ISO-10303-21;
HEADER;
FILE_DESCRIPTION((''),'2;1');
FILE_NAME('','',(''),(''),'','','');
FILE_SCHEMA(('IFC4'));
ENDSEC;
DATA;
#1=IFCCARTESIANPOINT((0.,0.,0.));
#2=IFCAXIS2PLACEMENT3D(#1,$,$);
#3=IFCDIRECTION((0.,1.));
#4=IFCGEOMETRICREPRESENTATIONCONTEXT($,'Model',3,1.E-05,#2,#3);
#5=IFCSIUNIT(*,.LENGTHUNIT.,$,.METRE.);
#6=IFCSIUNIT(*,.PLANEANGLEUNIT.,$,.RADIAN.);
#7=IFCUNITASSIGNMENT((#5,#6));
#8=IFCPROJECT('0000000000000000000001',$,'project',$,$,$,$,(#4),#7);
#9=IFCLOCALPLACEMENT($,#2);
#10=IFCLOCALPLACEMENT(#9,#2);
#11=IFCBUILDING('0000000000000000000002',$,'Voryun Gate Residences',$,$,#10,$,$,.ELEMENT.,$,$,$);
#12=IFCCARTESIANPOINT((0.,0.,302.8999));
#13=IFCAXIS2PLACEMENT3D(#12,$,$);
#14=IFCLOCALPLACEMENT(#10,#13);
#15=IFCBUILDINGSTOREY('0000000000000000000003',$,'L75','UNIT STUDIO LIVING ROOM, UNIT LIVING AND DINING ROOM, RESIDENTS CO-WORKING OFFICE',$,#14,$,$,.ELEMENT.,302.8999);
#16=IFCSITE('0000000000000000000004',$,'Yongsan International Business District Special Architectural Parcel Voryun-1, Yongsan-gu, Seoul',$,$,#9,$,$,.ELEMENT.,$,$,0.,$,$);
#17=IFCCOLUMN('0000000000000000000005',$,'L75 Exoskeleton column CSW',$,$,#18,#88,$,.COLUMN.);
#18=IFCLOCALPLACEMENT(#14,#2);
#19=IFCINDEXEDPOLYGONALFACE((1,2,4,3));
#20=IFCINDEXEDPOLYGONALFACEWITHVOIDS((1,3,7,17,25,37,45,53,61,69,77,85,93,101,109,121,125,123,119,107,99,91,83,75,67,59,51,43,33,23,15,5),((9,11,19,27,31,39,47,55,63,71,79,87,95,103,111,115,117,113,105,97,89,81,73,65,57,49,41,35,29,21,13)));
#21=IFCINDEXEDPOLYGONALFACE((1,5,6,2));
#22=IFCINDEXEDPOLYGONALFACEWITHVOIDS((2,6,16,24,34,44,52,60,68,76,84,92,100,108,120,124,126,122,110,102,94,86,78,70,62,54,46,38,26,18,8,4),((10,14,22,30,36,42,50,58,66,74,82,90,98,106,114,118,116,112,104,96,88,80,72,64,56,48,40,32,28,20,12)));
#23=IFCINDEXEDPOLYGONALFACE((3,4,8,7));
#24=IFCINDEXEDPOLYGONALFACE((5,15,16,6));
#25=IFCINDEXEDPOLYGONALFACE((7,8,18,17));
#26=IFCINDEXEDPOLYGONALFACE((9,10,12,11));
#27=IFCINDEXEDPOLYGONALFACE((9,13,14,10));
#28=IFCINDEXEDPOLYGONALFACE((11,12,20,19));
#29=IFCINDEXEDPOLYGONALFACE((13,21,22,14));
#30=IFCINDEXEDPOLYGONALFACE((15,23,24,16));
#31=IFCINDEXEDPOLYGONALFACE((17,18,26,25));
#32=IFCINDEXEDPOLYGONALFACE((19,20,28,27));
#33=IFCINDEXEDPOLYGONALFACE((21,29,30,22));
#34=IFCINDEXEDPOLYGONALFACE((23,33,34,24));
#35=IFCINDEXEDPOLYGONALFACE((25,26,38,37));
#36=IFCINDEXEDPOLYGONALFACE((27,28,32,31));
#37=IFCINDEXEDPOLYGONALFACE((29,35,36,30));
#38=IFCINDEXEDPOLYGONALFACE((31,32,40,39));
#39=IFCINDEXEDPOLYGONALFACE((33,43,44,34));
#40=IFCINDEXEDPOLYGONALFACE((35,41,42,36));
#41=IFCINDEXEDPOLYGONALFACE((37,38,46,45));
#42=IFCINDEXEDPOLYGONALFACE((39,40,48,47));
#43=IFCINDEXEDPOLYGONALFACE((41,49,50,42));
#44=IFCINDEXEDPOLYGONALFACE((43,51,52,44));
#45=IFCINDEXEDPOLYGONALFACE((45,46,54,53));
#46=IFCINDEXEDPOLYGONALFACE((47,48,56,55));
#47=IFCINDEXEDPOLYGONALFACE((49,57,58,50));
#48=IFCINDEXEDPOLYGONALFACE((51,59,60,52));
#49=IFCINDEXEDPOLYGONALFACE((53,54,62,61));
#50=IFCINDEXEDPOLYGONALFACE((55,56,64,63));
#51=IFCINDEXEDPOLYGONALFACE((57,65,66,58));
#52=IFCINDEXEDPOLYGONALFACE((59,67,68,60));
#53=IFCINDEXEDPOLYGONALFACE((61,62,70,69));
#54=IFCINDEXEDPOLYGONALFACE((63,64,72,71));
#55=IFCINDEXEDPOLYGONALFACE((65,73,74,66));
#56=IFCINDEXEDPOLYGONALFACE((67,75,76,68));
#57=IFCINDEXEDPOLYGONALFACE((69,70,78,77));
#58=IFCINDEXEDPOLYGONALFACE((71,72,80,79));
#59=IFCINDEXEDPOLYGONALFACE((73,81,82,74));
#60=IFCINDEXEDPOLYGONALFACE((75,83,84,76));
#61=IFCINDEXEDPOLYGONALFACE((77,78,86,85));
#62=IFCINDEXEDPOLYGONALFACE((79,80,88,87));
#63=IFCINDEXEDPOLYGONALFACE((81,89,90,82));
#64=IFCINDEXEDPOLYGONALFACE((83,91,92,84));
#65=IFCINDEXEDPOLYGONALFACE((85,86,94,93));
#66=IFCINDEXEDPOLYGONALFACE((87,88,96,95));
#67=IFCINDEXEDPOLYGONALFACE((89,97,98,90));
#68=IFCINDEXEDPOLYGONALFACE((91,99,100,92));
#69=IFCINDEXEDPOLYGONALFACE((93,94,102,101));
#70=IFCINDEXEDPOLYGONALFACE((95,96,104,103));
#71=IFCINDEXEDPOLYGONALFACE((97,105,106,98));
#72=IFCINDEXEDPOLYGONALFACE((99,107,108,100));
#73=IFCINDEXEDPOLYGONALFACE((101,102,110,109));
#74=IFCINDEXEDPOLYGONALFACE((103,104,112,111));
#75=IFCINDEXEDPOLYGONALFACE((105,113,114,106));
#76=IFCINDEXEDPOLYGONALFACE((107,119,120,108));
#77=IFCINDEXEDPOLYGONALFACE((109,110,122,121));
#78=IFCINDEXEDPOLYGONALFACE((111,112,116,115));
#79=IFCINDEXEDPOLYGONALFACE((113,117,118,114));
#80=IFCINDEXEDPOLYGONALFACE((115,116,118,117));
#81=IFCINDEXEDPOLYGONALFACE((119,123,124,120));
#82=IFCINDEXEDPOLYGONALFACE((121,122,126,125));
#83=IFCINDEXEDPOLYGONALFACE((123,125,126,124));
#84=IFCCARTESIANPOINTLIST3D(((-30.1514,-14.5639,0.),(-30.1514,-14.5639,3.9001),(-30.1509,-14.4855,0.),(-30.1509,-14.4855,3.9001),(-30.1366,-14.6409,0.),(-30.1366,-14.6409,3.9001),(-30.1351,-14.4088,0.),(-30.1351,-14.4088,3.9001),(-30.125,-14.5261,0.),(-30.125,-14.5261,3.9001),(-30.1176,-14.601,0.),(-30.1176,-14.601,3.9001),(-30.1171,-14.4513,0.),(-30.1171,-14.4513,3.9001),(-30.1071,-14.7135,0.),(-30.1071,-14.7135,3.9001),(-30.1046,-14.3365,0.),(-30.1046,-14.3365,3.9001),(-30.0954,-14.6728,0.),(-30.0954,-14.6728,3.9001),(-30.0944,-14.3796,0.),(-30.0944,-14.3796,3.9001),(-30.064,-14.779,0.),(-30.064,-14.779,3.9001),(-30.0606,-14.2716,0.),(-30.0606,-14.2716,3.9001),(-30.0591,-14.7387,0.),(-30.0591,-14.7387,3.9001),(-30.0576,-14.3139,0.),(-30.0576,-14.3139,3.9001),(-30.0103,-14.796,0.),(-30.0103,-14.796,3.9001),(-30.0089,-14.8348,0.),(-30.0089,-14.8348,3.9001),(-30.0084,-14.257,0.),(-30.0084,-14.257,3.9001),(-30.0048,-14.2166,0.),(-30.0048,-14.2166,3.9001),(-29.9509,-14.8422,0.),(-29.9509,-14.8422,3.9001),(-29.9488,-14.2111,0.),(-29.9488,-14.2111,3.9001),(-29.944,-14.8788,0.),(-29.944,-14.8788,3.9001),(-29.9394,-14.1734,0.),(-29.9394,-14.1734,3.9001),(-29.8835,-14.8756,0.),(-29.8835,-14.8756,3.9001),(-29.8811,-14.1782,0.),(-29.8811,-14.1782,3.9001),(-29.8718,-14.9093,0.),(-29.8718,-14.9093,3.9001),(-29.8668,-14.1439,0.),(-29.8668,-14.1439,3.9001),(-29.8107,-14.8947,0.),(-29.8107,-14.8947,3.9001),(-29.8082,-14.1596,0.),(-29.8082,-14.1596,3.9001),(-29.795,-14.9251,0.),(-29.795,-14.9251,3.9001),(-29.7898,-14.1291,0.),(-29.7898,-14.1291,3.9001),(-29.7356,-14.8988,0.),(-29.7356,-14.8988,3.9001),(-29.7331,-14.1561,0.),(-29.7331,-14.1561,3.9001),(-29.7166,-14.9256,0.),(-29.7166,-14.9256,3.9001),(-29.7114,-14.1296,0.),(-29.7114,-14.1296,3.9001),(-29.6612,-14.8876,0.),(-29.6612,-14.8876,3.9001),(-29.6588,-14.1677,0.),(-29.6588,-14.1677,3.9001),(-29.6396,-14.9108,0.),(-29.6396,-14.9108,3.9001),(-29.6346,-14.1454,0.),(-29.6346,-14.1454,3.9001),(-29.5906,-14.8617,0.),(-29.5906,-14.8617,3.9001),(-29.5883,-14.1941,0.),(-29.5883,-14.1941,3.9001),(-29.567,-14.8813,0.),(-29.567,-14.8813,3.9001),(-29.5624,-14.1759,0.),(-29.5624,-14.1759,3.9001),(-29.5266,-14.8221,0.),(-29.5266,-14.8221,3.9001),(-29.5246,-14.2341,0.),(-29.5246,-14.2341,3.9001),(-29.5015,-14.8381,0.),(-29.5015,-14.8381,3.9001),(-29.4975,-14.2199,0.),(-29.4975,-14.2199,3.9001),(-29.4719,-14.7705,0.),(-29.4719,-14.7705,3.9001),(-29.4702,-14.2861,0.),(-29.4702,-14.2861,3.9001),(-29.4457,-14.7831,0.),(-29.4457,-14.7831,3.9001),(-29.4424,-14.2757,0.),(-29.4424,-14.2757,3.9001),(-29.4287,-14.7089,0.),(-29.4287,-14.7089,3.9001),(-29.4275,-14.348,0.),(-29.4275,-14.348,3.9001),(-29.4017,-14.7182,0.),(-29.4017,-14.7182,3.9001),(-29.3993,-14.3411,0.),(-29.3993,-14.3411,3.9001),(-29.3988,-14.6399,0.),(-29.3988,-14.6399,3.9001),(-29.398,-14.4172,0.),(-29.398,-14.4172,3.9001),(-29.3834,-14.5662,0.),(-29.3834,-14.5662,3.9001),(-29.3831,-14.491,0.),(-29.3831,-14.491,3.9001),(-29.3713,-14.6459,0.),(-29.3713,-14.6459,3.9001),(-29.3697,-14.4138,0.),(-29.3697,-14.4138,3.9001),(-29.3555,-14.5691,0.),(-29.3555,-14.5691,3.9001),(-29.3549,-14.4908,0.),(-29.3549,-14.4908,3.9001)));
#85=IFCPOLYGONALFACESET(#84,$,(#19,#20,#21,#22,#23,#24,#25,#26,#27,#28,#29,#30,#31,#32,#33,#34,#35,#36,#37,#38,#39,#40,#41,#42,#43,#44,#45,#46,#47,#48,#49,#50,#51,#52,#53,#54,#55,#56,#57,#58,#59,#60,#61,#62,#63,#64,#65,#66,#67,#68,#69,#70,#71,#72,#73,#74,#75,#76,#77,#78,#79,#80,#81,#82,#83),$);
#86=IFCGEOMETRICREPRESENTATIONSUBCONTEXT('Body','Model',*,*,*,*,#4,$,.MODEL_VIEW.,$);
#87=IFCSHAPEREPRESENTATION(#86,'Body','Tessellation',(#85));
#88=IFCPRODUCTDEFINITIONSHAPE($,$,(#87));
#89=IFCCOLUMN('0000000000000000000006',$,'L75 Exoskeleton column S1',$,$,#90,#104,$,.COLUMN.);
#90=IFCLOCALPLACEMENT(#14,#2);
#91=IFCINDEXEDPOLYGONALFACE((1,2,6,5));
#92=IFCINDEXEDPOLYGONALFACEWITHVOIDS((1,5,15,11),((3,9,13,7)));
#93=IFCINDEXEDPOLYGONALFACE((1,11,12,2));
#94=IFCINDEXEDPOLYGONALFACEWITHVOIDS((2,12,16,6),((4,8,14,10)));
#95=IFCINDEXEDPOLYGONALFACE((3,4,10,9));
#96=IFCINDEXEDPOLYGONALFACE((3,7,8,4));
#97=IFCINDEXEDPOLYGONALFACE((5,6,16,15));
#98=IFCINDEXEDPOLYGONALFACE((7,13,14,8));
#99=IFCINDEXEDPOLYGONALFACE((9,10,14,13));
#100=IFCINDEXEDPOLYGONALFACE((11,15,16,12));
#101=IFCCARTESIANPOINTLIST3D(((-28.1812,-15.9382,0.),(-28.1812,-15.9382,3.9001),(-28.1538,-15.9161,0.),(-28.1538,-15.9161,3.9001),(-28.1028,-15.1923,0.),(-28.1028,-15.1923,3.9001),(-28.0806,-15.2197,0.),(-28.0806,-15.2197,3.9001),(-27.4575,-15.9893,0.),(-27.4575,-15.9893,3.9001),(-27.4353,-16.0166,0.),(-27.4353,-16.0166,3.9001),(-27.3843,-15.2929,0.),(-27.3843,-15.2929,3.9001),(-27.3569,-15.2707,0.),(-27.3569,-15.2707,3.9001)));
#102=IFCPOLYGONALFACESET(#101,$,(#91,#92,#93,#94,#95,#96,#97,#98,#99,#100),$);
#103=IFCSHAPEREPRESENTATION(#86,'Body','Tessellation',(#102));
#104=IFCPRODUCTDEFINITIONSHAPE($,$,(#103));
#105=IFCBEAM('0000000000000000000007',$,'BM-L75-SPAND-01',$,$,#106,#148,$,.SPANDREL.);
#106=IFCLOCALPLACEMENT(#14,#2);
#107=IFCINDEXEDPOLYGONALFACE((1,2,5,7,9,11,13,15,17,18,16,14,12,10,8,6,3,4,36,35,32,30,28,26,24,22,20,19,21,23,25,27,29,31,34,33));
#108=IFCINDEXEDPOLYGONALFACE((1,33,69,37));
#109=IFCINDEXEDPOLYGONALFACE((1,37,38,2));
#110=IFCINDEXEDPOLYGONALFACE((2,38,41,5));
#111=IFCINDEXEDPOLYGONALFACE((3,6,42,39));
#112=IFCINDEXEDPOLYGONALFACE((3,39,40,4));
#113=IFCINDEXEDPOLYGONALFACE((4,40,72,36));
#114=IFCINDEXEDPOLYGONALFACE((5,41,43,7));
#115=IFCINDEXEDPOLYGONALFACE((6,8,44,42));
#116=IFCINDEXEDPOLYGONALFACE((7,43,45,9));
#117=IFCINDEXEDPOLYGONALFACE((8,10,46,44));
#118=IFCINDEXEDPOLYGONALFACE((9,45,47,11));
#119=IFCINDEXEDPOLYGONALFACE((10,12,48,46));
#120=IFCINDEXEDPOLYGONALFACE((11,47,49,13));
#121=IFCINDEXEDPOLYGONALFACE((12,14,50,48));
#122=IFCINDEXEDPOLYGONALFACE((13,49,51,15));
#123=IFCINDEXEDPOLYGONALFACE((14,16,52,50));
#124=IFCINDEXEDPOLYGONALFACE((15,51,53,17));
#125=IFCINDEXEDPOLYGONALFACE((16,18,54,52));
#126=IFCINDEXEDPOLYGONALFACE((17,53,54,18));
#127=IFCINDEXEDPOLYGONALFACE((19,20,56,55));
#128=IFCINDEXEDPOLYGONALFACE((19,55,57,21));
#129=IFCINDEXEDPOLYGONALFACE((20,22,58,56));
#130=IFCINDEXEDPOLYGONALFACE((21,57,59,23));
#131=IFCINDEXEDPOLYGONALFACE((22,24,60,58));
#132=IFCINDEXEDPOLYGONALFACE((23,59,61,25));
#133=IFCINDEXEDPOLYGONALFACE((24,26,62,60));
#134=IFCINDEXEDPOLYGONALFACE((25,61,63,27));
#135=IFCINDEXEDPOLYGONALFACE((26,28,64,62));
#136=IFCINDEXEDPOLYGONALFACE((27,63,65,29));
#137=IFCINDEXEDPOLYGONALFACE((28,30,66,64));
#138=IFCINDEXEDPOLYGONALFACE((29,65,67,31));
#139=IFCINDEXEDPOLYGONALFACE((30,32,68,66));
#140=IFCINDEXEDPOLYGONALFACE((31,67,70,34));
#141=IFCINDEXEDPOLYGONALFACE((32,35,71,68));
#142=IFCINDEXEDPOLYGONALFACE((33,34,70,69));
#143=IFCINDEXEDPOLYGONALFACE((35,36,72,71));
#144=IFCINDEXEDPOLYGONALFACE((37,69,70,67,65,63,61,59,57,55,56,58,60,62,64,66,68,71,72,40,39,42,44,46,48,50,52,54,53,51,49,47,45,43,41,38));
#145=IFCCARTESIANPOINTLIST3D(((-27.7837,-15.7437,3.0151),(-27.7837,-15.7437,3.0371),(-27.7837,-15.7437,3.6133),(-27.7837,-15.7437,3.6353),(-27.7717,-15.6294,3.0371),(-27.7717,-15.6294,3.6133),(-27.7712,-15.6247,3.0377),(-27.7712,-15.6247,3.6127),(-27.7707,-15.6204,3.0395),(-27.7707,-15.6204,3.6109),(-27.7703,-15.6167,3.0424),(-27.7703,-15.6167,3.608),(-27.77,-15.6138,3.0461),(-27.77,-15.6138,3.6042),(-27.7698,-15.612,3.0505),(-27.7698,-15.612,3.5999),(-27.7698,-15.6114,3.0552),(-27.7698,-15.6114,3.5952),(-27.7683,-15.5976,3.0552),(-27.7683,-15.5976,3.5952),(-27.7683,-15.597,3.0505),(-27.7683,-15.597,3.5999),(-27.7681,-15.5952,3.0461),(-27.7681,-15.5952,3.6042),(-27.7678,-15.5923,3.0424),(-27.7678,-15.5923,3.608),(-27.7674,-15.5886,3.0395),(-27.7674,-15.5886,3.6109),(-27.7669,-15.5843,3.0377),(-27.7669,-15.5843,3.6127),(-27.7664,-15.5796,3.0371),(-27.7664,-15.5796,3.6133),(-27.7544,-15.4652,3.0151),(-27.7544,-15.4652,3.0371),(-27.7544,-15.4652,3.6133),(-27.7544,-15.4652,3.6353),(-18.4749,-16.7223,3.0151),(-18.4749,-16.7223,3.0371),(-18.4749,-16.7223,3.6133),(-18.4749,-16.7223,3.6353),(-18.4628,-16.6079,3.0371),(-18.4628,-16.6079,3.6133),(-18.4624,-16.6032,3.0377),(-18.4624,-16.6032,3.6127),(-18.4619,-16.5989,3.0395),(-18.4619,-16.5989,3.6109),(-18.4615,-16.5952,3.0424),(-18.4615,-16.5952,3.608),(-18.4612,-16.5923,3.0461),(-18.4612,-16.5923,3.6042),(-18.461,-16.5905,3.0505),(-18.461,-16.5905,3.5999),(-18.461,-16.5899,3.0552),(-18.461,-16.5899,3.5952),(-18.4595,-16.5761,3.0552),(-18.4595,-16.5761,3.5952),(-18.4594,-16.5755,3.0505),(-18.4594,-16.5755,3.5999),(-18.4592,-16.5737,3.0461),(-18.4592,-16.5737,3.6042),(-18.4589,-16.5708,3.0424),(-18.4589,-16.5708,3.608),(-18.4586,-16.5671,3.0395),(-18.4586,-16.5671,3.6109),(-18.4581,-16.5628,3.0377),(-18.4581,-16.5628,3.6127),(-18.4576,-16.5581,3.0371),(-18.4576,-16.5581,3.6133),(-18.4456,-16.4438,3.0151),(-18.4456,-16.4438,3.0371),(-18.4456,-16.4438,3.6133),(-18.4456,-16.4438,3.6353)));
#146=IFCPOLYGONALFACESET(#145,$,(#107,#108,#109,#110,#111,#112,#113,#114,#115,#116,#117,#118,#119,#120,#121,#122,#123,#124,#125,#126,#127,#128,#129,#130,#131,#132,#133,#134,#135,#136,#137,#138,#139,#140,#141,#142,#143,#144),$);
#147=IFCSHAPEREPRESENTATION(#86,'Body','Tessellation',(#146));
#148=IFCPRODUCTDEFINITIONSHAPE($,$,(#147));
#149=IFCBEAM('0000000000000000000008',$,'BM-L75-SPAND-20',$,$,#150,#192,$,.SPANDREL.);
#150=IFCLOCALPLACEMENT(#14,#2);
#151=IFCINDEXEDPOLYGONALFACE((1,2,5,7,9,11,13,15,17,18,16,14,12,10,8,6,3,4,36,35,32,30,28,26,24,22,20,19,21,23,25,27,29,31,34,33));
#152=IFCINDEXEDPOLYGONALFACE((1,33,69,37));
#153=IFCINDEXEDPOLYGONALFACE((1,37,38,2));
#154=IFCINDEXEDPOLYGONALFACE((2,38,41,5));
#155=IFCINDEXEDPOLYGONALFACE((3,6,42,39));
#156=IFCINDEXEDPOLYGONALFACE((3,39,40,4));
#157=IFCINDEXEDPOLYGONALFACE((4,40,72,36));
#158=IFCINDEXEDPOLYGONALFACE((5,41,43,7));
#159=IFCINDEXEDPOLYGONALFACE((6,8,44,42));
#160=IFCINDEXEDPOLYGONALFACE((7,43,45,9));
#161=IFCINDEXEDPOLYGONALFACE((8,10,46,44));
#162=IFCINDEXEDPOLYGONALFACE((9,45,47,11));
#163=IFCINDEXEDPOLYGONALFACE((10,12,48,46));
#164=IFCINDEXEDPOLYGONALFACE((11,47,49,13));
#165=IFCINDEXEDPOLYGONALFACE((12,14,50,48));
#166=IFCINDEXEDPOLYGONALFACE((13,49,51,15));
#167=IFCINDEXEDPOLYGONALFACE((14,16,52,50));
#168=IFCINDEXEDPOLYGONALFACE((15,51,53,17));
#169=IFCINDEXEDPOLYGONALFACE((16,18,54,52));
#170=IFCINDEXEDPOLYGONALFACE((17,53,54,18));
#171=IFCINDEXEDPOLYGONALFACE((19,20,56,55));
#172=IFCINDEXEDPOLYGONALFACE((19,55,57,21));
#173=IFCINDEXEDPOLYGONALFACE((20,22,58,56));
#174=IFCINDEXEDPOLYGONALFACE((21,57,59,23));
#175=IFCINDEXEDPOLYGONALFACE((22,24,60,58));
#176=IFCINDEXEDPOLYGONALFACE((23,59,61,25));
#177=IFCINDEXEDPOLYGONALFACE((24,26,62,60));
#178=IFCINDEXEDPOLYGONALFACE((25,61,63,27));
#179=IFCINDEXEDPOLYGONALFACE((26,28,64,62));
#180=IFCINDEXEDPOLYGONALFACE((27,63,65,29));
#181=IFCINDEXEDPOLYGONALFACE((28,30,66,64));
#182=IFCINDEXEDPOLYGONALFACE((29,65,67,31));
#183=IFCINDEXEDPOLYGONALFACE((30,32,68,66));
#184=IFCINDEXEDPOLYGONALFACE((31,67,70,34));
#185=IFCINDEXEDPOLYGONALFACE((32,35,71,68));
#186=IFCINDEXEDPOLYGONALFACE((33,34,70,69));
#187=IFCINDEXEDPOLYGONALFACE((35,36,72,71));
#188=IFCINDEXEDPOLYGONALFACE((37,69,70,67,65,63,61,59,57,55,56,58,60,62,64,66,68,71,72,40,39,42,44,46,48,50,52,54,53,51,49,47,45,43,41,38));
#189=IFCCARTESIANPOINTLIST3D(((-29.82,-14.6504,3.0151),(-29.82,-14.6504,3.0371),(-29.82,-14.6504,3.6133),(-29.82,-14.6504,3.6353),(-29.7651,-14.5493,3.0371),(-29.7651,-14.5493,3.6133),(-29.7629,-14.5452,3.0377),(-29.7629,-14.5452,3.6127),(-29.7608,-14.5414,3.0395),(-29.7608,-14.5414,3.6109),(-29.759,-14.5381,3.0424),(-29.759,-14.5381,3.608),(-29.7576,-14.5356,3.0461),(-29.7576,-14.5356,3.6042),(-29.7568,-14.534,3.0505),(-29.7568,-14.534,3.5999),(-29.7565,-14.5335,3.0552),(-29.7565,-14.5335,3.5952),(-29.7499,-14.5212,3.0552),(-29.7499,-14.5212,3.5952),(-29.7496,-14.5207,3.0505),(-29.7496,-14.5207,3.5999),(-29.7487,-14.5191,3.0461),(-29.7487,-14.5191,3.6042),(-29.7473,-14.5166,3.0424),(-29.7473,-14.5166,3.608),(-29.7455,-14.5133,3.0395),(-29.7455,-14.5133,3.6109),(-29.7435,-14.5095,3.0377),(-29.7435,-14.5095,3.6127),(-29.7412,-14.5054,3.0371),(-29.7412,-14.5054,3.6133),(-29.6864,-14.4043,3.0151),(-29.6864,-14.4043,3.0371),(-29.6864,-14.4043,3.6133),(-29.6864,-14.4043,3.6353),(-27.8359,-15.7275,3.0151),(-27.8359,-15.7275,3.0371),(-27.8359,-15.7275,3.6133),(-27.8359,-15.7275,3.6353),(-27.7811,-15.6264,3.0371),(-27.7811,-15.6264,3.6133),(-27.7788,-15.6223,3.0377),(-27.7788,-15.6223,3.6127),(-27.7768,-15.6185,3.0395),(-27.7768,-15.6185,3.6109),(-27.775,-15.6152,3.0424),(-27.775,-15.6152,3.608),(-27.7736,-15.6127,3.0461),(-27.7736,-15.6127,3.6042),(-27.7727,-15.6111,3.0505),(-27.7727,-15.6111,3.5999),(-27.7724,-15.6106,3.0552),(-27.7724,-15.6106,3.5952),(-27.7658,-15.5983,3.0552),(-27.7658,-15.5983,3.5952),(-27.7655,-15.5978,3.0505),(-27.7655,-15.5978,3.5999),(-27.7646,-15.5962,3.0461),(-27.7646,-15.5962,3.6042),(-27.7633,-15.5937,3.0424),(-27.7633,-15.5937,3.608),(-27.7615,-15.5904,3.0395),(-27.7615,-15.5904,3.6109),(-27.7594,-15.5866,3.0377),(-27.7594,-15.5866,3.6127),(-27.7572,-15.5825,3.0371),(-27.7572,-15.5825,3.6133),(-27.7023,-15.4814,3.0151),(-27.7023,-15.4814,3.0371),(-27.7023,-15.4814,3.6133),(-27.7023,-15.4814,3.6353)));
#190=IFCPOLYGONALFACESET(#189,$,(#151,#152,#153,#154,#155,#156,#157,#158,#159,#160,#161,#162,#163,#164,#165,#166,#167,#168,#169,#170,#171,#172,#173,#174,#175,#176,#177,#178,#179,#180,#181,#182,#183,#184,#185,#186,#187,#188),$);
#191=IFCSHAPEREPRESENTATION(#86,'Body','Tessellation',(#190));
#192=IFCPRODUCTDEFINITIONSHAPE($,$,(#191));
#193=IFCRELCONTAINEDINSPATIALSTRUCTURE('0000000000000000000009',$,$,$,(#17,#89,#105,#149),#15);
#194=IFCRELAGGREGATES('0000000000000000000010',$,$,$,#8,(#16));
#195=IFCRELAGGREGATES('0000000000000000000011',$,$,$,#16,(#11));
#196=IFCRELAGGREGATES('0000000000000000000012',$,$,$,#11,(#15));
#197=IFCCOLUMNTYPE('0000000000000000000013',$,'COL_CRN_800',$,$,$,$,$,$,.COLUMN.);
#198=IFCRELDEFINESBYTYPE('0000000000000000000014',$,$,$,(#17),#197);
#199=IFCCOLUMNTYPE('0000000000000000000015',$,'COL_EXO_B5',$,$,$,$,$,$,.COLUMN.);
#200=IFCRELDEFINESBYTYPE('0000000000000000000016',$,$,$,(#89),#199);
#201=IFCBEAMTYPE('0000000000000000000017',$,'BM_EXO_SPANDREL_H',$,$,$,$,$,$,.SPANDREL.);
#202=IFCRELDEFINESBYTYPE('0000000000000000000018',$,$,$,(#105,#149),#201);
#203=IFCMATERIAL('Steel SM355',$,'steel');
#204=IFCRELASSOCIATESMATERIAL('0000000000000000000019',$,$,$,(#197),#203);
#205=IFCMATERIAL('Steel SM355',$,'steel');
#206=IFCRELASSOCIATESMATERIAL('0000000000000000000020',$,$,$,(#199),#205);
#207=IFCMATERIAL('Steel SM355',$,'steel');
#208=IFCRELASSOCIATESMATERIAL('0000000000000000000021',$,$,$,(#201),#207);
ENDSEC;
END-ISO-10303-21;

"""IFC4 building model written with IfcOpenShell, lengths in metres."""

from ifc_helpers import new_model, si_unit, direction, frame, origin, origin_2d, place, context, subcontext, project, spatial, hollow_rectangle, hollow_circle, i_section, extrude, material, material_profile, profile_set, type_object, element, save


model = new_model("IFC4")

# Units and contexts
model_context = context("Model", 3, precision=1e-05, world=origin(), true_north=direction((0.0, 1.0)))
body_context = subcontext(model_context, "Body", "Model", "MODEL_VIEW")
ifc_project = project(units=[si_unit("LENGTHUNIT", "METRE"), si_unit("PLANEANGLEUNIT", "RADIAN")], contexts=[model_context])

# Site, building, storey
site_placement = place(None, origin())
site = spatial("IfcSite", under=ifc_project, at=site_placement, Name="Yongsan International Business District Special Architectural Parcel Voryun-1, Yongsan-gu, Seoul", CompositionType="ELEMENT", RefElevation=0.0)
building_placement = place(site_placement, origin())
building = spatial("IfcBuilding", under=site, at=building_placement, Name="Voryun Gate Residences", CompositionType="ELEMENT")
storey_placement = place(building_placement, frame((0.0, 0.0, 302.8999)))
storey = spatial("IfcBuildingStorey", under=building, at=storey_placement, Name="L75", Description="UNIT STUDIO LIVING ROOM, UNIT LIVING AND DINING ROOM, RESIDENTS CO-WORKING OFFICE", CompositionType="ELEMENT", Elevation=302.8999)

# Columns
ifc_material_1 = material(Name="Steel SM355", Category="steel")
ifc_material_profile_1 = material_profile(ifc_material_1, hollow_circle(Radius=0.3999, WallThickness=0.0281, at=origin_2d()), Name="CHS-800x28")
ifc_profile_set_1 = profile_set([ifc_material_profile_1], Name="Steel SM355")
column_type_1 = type_object("IfcColumnType", Name="COL_CRN_800", PredefinedType="COLUMN", material=ifc_profile_set_1)
column_1_placement = place(storey_placement, frame((-29.7532, -14.5273, 0.0), z_axis=(0.0, 0.0, 1.0), x_axis=(0.994522, -0.104528, 0.0)))
element("IfcColumn", 1, at=column_1_placement, inside=storey, type_object=column_type_1, Name="L75 Exoskeleton column CSW", PredefinedType="COLUMN", context=body_context, shape_type="SweptSolid", body=[
    extrude(hollow_circle(Radius=0.3999, WallThickness=0.0281, at=origin_2d()), origin(), (0.0, 0.0, 1.0), 3.9001),
])
ifc_material_2 = material(Name="Steel SM355", Category="steel")
ifc_material_profile_2 = material_profile(ifc_material_2, hollow_rectangle(XDim=0.75, YDim=0.75, WallThickness=0.0249, at=origin_2d()), Name="BOX-750x750x25")
ifc_profile_set_2 = profile_set([ifc_material_profile_2], Name="Steel SM355")
column_type_2 = type_object("IfcColumnType", Name="COL_EXO_B5", PredefinedType="COLUMN", material=ifc_profile_set_2)
column_2_placement = place(storey_placement, frame((-27.769, -15.6045, 0.0), z_axis=(0.0, 0.0, 1.0), x_axis=(0.994522, -0.104528, 0.0)))
element("IfcColumn", 2, at=column_2_placement, inside=storey, type_object=column_type_2, Name="L75 Exoskeleton column S1", PredefinedType="COLUMN", context=body_context, shape_type="SweptSolid", body=[
    extrude(hollow_rectangle(XDim=0.75, YDim=0.75, WallThickness=0.0249, at=origin_2d()), origin(), (0.0, 0.0, 1.0), 3.9001),
])

# Beams
ifc_material_3 = material(Name="Steel SM355", Category="steel")
ifc_material_profile_3 = material_profile(ifc_material_3, i_section(OverallWidth=0.28, OverallDepth=0.6201, WebThickness=0.0139, FlangeThickness=0.022, FilletRadius=0.0181, at=origin_2d()), Name="H-620x280x14x22")
ifc_profile_set_3 = profile_set([ifc_material_profile_3], Name="Steel SM355")
beam_type = type_object("IfcBeamType", Name="BM_EXO_SPANDREL_H", PredefinedType="SPANDREL", material=ifc_profile_set_3)
beam_1_placement = place(storey_placement, frame((-27.769, -15.6045, 3.3252), z_axis=(0.994521, -0.104541, 0.0), x_axis=(0.104541, 0.994521, 0.0)))
element("IfcBeam", 3, at=beam_1_placement, inside=storey, type_object=beam_type, Name="BM-L75-SPAND-01", PredefinedType="SPANDREL", context=body_context, shape_type="SweptSolid", body=[
    extrude(i_section(OverallWidth=0.28, OverallDepth=0.6201, WebThickness=0.0139, FlangeThickness=0.022, FilletRadius=0.0181, at=origin_2d()), origin(), (0.0, 0.0, 1.0), 9.3601),
])
beam_2_placement = place(storey_placement, frame((-29.7532, -14.5273, 3.3252), z_axis=(0.878844, -0.477109, 0.0), x_axis=(0.477109, 0.878844, 0.0)))
element("IfcBeam", 4, at=beam_2_placement, inside=storey, type_object=beam_type, Name="BM-L75-SPAND-20", PredefinedType="SPANDREL", context=body_context, shape_type="SweptSolid", body=[
    extrude(i_section(OverallWidth=0.28, OverallDepth=0.6201, WebThickness=0.0139, FlangeThickness=0.022, FilletRadius=0.0181, at=origin_2d()), origin(), (0.0, 0.0, 1.0), 2.2576),
])

save(model, "model.ifc")
